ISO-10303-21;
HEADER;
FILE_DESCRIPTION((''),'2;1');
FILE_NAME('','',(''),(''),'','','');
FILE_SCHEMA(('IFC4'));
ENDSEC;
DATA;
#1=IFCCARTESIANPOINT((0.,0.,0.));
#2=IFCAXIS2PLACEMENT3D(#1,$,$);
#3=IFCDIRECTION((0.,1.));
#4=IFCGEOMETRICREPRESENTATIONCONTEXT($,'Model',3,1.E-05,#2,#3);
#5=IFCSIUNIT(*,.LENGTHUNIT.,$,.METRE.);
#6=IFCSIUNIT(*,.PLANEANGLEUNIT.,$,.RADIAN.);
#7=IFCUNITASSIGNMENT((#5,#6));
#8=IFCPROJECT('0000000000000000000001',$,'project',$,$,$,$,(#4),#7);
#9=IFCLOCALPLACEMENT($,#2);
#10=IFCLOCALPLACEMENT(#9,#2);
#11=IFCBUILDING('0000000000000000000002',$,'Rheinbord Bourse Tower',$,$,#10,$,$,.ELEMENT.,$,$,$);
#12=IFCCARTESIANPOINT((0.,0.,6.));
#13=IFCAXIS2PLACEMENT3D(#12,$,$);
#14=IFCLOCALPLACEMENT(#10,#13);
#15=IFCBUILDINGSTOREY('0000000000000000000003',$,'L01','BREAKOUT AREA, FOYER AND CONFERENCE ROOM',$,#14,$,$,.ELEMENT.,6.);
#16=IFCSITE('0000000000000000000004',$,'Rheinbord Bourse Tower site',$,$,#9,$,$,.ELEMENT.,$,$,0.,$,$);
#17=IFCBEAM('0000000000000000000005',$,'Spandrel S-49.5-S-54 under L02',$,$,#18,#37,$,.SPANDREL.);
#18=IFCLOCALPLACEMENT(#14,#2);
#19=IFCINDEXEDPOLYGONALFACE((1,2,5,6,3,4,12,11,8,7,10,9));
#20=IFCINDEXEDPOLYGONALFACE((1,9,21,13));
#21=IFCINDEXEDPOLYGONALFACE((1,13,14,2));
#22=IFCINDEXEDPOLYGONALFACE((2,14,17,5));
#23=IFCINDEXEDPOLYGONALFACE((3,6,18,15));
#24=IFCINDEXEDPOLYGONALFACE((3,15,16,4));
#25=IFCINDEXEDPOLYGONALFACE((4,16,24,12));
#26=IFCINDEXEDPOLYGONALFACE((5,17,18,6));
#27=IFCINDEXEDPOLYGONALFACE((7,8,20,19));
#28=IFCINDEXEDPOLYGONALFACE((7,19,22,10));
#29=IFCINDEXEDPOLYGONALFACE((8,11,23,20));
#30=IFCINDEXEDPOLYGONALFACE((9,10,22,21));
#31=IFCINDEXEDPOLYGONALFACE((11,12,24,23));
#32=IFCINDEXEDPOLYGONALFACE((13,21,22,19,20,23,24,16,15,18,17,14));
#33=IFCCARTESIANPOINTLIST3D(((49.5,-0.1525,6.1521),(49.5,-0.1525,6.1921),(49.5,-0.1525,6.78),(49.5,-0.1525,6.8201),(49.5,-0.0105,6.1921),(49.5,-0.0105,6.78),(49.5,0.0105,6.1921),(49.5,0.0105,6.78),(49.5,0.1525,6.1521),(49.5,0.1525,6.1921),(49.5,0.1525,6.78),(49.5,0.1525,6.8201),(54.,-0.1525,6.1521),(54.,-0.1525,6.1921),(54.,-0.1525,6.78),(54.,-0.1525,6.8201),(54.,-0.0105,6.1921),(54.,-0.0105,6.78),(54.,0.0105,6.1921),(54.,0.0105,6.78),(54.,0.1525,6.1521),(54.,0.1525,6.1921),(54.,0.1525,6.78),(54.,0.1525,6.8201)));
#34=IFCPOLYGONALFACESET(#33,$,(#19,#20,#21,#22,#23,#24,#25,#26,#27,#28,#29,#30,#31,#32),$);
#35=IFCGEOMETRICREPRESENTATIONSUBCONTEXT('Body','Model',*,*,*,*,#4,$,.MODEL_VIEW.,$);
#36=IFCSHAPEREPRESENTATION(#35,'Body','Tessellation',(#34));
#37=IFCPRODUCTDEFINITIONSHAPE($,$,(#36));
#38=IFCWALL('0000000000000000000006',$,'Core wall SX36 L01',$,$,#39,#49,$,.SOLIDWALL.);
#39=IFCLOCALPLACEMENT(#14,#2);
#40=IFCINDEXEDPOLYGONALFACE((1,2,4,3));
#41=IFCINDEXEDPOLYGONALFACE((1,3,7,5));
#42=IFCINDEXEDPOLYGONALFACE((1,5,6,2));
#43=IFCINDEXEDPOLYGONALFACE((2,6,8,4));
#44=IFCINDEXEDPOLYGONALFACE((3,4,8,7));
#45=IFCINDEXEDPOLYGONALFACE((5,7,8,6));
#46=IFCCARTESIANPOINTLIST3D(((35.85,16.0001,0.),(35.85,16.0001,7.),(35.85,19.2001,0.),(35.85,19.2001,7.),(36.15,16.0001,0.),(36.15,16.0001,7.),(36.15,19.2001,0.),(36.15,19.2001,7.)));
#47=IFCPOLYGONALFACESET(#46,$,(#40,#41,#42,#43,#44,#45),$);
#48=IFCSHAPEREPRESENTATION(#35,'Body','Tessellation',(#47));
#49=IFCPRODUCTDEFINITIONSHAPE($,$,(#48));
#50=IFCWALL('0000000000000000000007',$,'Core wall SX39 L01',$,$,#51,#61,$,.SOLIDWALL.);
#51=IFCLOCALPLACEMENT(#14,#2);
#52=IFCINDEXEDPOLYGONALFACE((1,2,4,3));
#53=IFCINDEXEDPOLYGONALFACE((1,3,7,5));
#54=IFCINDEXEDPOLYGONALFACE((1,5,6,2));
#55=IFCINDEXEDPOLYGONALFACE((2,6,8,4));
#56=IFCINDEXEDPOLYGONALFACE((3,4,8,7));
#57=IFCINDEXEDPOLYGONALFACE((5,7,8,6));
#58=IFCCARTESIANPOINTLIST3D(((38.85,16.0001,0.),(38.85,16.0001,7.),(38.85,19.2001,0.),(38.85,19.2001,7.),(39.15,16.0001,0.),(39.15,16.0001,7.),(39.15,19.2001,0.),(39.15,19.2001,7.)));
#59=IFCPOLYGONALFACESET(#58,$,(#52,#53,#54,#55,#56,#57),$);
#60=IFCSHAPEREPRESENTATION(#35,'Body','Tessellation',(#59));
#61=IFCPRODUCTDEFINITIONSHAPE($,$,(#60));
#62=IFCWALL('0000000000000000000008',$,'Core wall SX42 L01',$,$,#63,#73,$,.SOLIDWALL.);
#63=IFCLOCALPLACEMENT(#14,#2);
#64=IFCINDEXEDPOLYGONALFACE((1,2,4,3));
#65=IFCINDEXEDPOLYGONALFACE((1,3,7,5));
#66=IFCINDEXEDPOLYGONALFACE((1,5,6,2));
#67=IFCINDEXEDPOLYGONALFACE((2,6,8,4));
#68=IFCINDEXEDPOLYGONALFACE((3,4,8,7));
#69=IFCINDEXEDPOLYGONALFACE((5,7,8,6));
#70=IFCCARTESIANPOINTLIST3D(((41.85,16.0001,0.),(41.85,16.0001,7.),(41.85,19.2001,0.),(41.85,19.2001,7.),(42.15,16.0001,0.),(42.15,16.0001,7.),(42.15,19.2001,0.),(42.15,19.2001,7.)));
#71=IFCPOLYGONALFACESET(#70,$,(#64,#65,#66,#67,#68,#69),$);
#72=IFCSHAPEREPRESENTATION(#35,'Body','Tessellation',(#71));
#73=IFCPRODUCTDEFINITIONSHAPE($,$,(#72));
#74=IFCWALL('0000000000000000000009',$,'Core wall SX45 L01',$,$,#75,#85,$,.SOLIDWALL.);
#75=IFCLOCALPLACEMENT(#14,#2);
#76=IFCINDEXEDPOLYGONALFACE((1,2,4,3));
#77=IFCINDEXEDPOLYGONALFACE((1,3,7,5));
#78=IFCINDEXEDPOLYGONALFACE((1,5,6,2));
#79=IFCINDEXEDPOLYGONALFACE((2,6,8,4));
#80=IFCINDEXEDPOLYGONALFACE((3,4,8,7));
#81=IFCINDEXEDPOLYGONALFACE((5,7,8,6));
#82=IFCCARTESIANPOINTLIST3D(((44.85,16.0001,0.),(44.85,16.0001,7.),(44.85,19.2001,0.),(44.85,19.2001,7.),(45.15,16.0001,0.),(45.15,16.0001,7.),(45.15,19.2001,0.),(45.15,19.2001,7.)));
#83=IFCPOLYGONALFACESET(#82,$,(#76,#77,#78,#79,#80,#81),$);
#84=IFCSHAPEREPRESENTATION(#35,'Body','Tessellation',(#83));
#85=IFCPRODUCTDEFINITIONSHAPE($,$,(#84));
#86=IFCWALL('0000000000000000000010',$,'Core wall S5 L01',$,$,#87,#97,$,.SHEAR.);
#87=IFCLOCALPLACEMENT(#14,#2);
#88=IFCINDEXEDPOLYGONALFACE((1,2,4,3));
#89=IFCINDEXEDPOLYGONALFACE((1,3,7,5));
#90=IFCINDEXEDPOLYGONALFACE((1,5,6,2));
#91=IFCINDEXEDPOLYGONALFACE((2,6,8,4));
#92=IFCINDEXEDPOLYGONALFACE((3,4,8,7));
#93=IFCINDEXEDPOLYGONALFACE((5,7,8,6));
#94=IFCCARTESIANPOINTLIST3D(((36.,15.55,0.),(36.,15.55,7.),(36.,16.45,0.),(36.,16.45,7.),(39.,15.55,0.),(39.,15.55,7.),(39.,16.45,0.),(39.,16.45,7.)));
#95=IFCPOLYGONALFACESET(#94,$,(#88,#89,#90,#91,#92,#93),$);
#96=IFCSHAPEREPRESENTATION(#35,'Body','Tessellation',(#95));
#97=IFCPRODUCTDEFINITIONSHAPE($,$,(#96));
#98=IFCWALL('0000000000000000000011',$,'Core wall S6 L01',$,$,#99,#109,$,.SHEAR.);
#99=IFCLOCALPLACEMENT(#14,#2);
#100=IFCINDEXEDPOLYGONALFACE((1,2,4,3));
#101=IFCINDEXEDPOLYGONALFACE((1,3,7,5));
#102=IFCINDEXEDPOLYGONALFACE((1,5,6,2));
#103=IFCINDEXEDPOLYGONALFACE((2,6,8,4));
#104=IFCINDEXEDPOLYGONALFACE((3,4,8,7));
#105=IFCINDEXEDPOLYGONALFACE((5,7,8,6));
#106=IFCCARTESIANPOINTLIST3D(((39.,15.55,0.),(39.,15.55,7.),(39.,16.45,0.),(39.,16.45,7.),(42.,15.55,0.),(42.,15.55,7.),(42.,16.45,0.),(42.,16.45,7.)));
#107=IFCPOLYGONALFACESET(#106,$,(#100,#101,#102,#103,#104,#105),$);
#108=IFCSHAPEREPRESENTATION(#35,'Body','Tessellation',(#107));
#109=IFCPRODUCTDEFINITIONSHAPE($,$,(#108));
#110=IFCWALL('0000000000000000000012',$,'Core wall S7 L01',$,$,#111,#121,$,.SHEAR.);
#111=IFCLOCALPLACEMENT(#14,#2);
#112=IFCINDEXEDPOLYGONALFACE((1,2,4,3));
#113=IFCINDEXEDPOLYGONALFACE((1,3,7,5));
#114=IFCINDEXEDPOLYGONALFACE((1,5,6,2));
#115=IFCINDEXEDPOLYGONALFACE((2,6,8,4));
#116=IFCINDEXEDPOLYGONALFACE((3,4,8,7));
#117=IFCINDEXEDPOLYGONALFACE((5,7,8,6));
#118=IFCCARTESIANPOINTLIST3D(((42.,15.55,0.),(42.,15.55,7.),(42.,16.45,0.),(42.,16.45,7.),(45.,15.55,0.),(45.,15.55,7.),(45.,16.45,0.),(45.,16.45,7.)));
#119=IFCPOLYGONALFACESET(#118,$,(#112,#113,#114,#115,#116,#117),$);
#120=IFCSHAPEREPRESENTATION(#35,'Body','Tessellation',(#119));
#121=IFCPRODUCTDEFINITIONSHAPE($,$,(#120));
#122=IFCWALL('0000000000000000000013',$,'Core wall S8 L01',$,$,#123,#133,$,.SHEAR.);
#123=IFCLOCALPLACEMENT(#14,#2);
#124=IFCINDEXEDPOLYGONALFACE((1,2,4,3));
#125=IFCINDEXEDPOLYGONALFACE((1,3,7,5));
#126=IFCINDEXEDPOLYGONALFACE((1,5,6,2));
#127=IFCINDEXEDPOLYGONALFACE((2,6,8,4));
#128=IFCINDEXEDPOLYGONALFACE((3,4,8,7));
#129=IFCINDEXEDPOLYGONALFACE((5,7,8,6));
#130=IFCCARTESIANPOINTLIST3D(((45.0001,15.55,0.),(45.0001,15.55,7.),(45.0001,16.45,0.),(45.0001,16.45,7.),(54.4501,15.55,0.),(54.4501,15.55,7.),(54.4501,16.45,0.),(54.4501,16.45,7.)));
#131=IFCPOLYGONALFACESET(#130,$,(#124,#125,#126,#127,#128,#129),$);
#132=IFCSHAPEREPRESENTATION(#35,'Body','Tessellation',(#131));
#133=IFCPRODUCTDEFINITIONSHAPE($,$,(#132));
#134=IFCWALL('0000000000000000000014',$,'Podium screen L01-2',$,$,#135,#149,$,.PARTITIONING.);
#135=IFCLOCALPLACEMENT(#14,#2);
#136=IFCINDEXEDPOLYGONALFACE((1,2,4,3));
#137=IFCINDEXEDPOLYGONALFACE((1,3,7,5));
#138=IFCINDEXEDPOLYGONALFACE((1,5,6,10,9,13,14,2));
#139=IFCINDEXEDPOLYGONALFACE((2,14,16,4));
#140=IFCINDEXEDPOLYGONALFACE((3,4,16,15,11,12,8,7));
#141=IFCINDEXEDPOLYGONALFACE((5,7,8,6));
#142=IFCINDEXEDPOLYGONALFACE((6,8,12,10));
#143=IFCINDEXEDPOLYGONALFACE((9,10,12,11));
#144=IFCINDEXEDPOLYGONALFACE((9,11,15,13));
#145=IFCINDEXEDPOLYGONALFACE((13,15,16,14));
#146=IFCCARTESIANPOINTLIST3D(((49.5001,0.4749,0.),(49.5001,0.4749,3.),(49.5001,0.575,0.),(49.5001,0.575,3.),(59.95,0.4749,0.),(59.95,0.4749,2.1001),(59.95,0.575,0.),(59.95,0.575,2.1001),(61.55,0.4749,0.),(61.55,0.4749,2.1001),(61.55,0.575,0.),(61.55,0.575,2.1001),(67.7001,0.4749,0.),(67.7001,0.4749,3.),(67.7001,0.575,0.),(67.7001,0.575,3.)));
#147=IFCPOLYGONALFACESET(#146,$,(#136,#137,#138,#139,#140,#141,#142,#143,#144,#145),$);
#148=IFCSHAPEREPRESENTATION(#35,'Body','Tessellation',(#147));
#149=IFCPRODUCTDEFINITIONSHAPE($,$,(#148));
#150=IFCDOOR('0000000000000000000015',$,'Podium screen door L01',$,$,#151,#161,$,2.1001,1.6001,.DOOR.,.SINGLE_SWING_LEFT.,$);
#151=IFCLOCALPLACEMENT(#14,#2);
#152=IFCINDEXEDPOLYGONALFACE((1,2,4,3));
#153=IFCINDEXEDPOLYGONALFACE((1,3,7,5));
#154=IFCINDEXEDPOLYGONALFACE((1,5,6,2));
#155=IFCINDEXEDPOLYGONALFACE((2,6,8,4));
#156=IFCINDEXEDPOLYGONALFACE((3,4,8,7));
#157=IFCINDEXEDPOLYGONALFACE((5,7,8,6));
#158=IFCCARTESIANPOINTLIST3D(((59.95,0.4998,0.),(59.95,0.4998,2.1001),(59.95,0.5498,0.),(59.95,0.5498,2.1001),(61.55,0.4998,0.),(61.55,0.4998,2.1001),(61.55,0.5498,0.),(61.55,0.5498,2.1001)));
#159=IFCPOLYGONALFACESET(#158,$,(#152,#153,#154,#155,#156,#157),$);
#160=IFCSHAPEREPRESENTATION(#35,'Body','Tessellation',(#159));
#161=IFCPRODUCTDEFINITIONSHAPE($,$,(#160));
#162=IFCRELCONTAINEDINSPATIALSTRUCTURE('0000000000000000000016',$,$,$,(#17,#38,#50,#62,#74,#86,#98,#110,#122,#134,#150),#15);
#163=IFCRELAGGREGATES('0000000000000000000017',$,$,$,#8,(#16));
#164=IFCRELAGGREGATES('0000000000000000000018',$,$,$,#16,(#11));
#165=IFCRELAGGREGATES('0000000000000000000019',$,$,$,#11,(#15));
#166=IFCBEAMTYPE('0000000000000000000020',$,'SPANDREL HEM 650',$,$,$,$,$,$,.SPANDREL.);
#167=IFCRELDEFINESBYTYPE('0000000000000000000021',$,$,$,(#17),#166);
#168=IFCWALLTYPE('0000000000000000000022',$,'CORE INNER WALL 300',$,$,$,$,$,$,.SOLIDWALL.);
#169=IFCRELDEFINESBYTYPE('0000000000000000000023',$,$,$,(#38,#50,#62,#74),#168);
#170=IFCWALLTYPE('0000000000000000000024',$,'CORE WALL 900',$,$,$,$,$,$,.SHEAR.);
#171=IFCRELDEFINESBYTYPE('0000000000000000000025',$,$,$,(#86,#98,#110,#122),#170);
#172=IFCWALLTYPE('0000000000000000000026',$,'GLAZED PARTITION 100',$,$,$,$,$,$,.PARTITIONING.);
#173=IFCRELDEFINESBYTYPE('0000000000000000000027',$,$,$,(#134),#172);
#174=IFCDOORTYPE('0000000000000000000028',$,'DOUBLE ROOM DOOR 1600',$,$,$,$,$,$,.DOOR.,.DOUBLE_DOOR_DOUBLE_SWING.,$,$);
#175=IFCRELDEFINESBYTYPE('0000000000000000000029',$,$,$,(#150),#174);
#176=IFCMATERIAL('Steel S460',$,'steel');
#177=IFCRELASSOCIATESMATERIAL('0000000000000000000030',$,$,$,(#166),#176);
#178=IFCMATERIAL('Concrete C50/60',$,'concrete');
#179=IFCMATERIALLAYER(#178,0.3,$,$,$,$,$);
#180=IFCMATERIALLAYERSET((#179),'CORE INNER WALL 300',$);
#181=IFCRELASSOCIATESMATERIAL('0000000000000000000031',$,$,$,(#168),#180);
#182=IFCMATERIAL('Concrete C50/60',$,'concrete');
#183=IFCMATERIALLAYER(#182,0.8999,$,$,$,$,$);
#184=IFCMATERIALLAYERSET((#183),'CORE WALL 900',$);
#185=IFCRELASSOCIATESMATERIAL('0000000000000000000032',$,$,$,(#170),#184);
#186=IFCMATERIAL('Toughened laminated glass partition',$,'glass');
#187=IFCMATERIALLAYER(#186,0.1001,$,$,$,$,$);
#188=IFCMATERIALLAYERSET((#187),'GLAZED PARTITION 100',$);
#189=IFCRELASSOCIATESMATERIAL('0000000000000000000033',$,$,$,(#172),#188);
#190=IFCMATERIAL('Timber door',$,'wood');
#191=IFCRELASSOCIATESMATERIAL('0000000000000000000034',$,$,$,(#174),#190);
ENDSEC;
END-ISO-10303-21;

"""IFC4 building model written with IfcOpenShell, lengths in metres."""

from ifc_helpers import new_model, si_unit, direction, frame, frame_2d, origin, origin_2d, place, context, subcontext, project, spatial, rectangle, i_section, extrude, material, layer, layer_set, material_profile, profile_set, type_object, element, fill, save


model = new_model("IFC4")

# Units and contexts
model_context = context("Model", 3, precision=1e-05, world=origin(), true_north=direction((0.0, 1.0)))
body_context = subcontext(model_context, "Body", "Model", "MODEL_VIEW")
ifc_project = project(units=[si_unit("LENGTHUNIT", "METRE"), si_unit("PLANEANGLEUNIT", "RADIAN")], contexts=[model_context])

# Site, building, storey
site_placement = place(None, origin())
site = spatial("IfcSite", under=ifc_project, at=site_placement, Name="Rheinbord Bourse Tower site", CompositionType="ELEMENT", RefElevation=0.0)
building_placement = place(site_placement, origin())
building = spatial("IfcBuilding", under=site, at=building_placement, Name="Rheinbord Bourse Tower", CompositionType="ELEMENT")
storey_placement = place(building_placement, frame((0.0, 0.0, 6.0)))
storey = spatial("IfcBuildingStorey", under=building, at=storey_placement, Name="L01", Description="BREAKOUT AREA, FOYER AND CONFERENCE ROOM", CompositionType="ELEMENT", Elevation=6.0)

# Beam
ifc_material_1 = material(Name="Steel S460", Category="steel")
ifc_material_profile_1 = material_profile(ifc_material_1, i_section(OverallWidth=0.3049, OverallDepth=0.668, WebThickness=0.021, FlangeThickness=0.04, at=origin_2d()), Name="HEM 650")
ifc_profile_set_1 = profile_set([ifc_material_profile_1], Name="Steel S460")
beam_type_1 = type_object("IfcBeamType", Name="SPANDREL HEM 650", PredefinedType="SPANDREL", material=ifc_profile_set_1)
beam_1_placement = place(storey_placement, frame((49.5, 0.0, 6.4861), z_axis=(1.0, 0.0, 0.0), x_axis=(0.0, 1.0, 0.0)))
element("IfcBeam", 1, at=beam_1_placement, inside=storey, type_object=beam_type_1, Name="Spandrel S-49.5-S-54 under L02", PredefinedType="SPANDREL", context=body_context, shape_type="SweptSolid", body=[
    extrude(i_section(OverallWidth=0.3049, OverallDepth=0.668, WebThickness=0.021, FlangeThickness=0.04, at=origin_2d()), origin(), (0.0, 0.0, 1.0), 4.5),
])

# Walls
ifc_material_2 = material(Name="Concrete C50/60", Category="concrete")
ifc_layer_1 = layer(ifc_material_2, 0.3)
ifc_layer_set_1 = layer_set([ifc_layer_1], Name="CORE INNER WALL 300")
wall_type_1 = type_object("IfcWallType", Name="CORE INNER WALL 300", PredefinedType="SOLIDWALL", material=ifc_layer_set_1)
for number, where, z_axis, x_axis, name in (
    (2, (36.0, 16.0, 0.0), (0.0, 0.0, 1.0), (0.0, 1.0, 0.0), "Core wall SX36 L01"),
    (3, (39.0, 16.0, 0.0), (0.0, 0.0, 1.0), (0.0, 1.0, 0.0), "Core wall SX39 L01"),
    (4, (42.0, 16.0, 0.0), (0.0, 0.0, 1.0), (0.0, 1.0, 0.0), "Core wall SX42 L01"),
    (5, (45.0, 16.0, 0.0), (0.0, 0.0, 1.0), (0.0, 1.0, 0.0), "Core wall SX45 L01"),
):
    element("IfcWall", number, at=place(storey_placement, frame(where, z_axis=z_axis, x_axis=x_axis)), inside=storey, type_object=wall_type_1, Name=name, PredefinedType="SOLIDWALL", context=body_context, shape_type="SweptSolid", body=[
        extrude(rectangle(XDim=3.2, YDim=0.3, at=frame_2d((1.6001, 0.0))), origin(), (0.0, 0.0, 1.0), 7.0),
    ])
ifc_material_3 = material(Name="Concrete C50/60", Category="concrete")
ifc_layer_2 = layer(ifc_material_3, 0.8999)
ifc_layer_set_2 = layer_set([ifc_layer_2], Name="CORE WALL 900")
wall_type_2 = type_object("IfcWallType", Name="CORE WALL 900", PredefinedType="SHEAR", material=ifc_layer_set_2)
for number, where, z_axis, x_axis, name in (
    (6, (36.0, 16.0, 0.0), (0.0, 0.0, 1.0), (1.0, 0.0, 0.0), "Core wall S5 L01"),
    (7, (39.0, 16.0, 0.0), (0.0, 0.0, 1.0), (1.0, 0.0, 0.0), "Core wall S6 L01"),
    (8, (42.0, 16.0, 0.0), (0.0, 0.0, 1.0), (1.0, 0.0, 0.0), "Core wall S7 L01"),
):
    element("IfcWall", number, at=place(storey_placement, frame(where, z_axis=z_axis, x_axis=x_axis)), inside=storey, type_object=wall_type_2, Name=name, PredefinedType="SHEAR", context=body_context, shape_type="SweptSolid", body=[
        extrude(rectangle(XDim=3.0, YDim=0.8999, at=frame_2d((1.5, 0.0))), origin(), (0.0, 0.0, 1.0), 7.0),
    ])
wall_1_placement = place(storey_placement, frame((45.0, 16.0, 0.0), z_axis=(0.0, 0.0, 1.0), x_axis=(1.0, 0.0, 0.0)))
element("IfcWall", 9, at=wall_1_placement, inside=storey, type_object=wall_type_2, Name="Core wall S8 L01", PredefinedType="SHEAR", context=body_context, shape_type="SweptSolid", body=[
    extrude(rectangle(XDim=9.45, YDim=0.8999, at=frame_2d((4.7251, 0.0))), origin(), (0.0, 0.0, 1.0), 7.0),
])

# Wall, opening, door
ifc_material_4 = material(Name="Toughened laminated glass partition", Category="glass")
ifc_layer_3 = layer(ifc_material_4, 0.1001)
ifc_layer_set_3 = layer_set([ifc_layer_3], Name="GLAZED PARTITION 100")
wall_type_3 = type_object("IfcWallType", Name="GLAZED PARTITION 100", PredefinedType="PARTITIONING", material=ifc_layer_set_3)
wall_2_placement = place(storey_placement, frame((49.5, 0.5249, 0.0), z_axis=(0.0, 0.0, 1.0), x_axis=(1.0, 0.0, 0.0)))
wall_2 = element("IfcWall", 10, at=wall_2_placement, inside=storey, type_object=wall_type_3, Name="Podium screen L01-2", PredefinedType="PARTITIONING", context=body_context, shape_type="SweptSolid", body=[
    extrude(rectangle(XDim=18.2, YDim=0.1001, at=frame_2d((9.1001, 0.0))), origin(), (0.0, 0.0, 1.0), 3.0),
])
opening_placement = place(wall_2_placement, frame((10.45, 0.0, 0.0)))
opening = element("IfcOpeningElement", 11, at=opening_placement, cuts=wall_2, PredefinedType="OPENING", context=body_context, shape_type="SweptSolid", body=[
    extrude(rectangle(XDim=1.6001, YDim=2.1001, at=frame_2d((0.8, 1.05))), frame((0.0, 0.0601, 0.0), z_axis=(0.0, -1.0, 0.0), x_axis=(1.0, 0.0, 0.0)), (0.0, 0.0, 1.0), 0.1201),
])
ifc_material_5 = material(Name="Timber door", Category="wood")
door_type = type_object("IfcDoorType", Name="DOUBLE ROOM DOOR 1600", OperationType="DOUBLE_DOOR_DOUBLE_SWING", PredefinedType="DOOR", material=ifc_material_5)
door_placement = place(opening_placement, origin())
door = element("IfcDoor", 12, at=door_placement, inside=storey, type_object=door_type, Name="Podium screen door L01", OperationType="SINGLE_SWING_LEFT", OverallHeight=2.1001, OverallWidth=1.6001, PredefinedType="DOOR", context=body_context, shape_type="SweptSolid", body=[
    extrude(rectangle(XDim=1.6001, YDim=2.1001, at=frame_2d((0.8, 1.05))), frame((0.0, 0.0249, 0.0), z_axis=(0.0, -1.0, 0.0), x_axis=(1.0, 0.0, 0.0)), (0.0, 0.0, 1.0), 0.05),
])
fill(opening, door)

save(model, "model.ifc")
